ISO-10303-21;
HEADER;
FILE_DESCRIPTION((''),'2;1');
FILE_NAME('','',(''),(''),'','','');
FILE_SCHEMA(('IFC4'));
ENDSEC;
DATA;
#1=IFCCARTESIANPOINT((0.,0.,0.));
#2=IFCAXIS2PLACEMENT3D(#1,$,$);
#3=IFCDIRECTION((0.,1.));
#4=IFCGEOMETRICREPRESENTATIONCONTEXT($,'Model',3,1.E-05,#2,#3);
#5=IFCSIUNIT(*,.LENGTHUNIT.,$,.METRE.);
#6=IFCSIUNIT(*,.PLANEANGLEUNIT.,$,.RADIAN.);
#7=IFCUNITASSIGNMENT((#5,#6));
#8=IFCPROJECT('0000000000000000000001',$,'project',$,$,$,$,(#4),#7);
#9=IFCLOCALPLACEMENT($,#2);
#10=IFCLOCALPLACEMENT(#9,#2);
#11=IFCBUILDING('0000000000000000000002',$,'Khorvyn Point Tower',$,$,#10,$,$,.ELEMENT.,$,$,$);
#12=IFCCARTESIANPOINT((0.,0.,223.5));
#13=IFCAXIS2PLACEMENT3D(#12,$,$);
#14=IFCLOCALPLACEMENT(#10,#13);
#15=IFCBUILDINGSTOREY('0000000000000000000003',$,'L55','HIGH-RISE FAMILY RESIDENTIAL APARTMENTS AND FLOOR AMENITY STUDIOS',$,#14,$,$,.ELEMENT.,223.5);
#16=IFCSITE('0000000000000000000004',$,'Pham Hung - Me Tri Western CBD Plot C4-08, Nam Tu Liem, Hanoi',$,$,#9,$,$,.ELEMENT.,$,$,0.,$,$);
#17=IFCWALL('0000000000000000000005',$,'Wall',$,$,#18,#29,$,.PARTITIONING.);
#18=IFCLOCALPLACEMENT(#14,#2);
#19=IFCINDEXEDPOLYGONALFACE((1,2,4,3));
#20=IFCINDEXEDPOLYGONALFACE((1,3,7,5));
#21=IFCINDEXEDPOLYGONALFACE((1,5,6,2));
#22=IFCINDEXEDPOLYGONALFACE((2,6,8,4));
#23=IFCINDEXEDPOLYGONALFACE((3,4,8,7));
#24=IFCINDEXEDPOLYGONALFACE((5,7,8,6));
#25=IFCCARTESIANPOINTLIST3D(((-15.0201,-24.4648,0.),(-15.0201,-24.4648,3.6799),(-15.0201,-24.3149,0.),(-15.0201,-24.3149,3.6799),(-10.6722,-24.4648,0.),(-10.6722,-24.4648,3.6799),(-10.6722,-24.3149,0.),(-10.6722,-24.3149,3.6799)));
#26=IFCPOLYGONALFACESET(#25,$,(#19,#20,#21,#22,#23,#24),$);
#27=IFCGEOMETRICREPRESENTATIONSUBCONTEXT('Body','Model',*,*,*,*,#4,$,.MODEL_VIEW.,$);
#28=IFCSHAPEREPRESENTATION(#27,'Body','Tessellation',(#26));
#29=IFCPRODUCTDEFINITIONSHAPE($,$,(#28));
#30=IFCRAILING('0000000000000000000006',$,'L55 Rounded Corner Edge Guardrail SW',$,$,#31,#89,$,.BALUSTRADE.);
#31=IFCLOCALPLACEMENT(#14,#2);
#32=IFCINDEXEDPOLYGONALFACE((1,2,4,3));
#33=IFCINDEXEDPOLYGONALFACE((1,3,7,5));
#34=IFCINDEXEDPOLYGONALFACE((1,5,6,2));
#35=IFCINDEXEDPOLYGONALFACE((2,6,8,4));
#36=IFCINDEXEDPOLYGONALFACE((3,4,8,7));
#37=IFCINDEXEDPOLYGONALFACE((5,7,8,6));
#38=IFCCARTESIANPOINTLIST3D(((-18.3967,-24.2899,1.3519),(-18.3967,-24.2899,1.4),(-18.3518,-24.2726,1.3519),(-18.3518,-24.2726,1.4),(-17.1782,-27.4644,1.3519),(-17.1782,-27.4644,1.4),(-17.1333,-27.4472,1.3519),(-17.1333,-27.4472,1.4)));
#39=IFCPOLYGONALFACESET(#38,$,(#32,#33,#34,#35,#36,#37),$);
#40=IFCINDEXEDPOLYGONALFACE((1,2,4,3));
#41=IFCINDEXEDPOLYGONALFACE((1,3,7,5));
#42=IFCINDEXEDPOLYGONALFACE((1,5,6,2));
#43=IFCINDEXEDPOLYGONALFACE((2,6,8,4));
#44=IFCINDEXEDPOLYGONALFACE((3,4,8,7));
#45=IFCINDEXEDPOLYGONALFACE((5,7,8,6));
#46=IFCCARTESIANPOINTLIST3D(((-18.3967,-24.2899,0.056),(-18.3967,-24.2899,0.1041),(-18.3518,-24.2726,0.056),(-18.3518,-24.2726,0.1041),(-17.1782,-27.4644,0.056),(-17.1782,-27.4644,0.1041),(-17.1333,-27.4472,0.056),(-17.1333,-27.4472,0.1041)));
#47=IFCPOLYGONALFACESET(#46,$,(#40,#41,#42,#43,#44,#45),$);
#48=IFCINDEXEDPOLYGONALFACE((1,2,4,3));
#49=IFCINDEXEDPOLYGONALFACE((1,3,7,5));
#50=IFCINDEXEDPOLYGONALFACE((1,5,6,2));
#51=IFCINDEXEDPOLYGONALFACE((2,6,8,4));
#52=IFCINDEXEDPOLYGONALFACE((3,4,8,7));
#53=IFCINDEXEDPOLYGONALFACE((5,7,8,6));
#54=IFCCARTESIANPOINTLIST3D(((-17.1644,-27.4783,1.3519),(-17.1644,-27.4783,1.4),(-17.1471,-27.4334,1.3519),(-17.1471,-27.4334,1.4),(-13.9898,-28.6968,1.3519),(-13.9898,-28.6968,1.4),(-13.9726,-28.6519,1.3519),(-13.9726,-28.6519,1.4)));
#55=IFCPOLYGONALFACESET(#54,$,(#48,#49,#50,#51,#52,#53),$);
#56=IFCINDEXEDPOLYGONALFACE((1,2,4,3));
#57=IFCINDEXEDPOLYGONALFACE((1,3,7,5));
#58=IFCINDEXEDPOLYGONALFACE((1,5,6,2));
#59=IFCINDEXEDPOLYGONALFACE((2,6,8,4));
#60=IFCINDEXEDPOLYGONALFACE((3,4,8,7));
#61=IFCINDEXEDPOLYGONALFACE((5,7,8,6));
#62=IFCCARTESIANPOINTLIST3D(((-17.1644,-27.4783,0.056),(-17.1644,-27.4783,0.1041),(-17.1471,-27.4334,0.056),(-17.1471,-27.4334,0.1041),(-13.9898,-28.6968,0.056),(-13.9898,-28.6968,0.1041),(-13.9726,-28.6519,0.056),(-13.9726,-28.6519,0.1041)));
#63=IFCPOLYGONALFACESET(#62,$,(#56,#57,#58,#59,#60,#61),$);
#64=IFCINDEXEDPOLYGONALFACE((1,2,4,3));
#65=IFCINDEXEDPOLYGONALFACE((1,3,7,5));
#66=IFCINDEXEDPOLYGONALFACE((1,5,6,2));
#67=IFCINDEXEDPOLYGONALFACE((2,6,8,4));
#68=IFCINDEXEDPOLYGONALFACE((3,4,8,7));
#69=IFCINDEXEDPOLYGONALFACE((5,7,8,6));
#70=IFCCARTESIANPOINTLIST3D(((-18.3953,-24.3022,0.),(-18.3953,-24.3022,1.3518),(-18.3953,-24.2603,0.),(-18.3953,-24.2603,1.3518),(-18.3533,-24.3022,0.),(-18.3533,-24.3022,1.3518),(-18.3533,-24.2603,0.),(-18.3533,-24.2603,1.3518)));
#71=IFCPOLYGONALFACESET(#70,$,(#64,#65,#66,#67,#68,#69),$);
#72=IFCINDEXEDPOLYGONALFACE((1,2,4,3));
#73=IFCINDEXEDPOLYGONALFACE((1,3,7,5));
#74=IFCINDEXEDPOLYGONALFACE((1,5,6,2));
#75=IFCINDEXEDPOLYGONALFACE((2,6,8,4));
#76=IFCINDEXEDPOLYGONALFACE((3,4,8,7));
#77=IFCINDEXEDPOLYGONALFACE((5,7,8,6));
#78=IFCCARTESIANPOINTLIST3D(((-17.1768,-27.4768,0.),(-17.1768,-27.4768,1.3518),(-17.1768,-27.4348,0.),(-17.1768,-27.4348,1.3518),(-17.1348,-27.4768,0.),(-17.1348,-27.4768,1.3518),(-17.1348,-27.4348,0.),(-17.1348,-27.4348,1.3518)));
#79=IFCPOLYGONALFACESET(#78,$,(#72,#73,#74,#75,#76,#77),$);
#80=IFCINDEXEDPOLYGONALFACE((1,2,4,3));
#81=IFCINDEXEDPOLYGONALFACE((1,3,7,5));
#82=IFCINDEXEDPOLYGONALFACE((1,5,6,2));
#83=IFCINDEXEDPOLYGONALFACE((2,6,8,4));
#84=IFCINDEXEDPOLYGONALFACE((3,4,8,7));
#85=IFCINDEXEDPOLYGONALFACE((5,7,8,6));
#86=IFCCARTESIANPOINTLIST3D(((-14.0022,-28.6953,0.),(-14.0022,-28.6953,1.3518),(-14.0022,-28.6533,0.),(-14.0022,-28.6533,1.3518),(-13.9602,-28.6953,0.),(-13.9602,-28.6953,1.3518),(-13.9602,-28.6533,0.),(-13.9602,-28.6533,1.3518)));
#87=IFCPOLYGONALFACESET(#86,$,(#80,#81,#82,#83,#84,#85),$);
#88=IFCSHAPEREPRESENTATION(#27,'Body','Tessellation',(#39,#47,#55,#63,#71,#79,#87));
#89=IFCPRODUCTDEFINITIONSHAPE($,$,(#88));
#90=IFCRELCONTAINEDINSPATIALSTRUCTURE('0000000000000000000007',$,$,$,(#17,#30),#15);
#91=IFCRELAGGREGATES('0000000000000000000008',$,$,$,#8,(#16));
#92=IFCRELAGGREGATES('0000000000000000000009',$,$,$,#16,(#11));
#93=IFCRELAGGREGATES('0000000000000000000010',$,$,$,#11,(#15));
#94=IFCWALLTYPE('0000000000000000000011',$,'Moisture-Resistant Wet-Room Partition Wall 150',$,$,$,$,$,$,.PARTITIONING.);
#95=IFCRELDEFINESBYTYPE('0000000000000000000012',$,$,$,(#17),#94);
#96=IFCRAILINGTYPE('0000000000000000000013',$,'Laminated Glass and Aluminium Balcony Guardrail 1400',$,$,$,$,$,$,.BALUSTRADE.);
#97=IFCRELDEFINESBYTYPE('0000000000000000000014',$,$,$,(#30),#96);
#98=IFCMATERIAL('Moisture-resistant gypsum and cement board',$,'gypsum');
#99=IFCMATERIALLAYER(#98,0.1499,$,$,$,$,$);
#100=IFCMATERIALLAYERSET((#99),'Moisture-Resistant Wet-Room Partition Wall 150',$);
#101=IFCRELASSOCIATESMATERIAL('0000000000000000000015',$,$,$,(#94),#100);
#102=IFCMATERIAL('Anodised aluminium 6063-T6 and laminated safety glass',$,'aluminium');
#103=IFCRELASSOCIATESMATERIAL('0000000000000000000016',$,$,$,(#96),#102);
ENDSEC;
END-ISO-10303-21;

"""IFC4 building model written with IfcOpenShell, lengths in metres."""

from ifc_helpers import new_model, si_unit, direction, frame, frame_2d, origin, origin_2d, place, context, subcontext, project, spatial, rectangle, extrude, material, layer, layer_set, type_object, element, save


model = new_model("IFC4")

# Units and contexts
model_context = context("Model", 3, precision=1e-05, world=origin(), true_north=direction((0.0, 1.0)))
body_context = subcontext(model_context, "Body", "Model", "MODEL_VIEW")
ifc_project = project(units=[si_unit("LENGTHUNIT", "METRE"), si_unit("PLANEANGLEUNIT", "RADIAN")], contexts=[model_context])

# Site, building, storey
site_placement = place(None, origin())
site = spatial("IfcSite", under=ifc_project, at=site_placement, Name="Pham Hung - Me Tri Western CBD Plot C4-08, Nam Tu Liem, Hanoi", CompositionType="ELEMENT", RefElevation=0.0)
building_placement = place(site_placement, origin())
building = spatial("IfcBuilding", under=site, at=building_placement, Name="Khorvyn Point Tower", CompositionType="ELEMENT")
storey_placement = place(building_placement, frame((0.0, 0.0, 223.5)))
storey = spatial("IfcBuildingStorey", under=building, at=storey_placement, Name="L55", Description="HIGH-RISE FAMILY RESIDENTIAL APARTMENTS AND FLOOR AMENITY STUDIOS", CompositionType="ELEMENT", Elevation=223.5)

# Wall
ifc_material_1 = material(Name="Moisture-resistant gypsum and cement board", Category="gypsum")
ifc_layer_1 = layer(ifc_material_1, 0.1499)
ifc_layer_set_1 = layer_set([ifc_layer_1], Name="Moisture-Resistant Wet-Room Partition Wall 150")
wall_type_1 = type_object("IfcWallType", Name="Moisture-Resistant Wet-Room Partition Wall 150", PredefinedType="PARTITIONING", material=ifc_layer_set_1)
for number, where, z_axis, x_axis, name in (
    (1, (-15.02, -24.3899, 0.0), (0.0, 0.0, 1.0), (1.0, 0.0, 0.0), "Wall"),
):
    element("IfcWall", number, at=place(storey_placement, frame(where, z_axis=z_axis, x_axis=x_axis)), inside=storey, type_object=wall_type_1, Name=name, PredefinedType="PARTITIONING", context=body_context, shape_type="SweptSolid", body=[
        extrude(rectangle(XDim=4.3479, YDim=0.1499, at=frame_2d((2.1738, 0.0))), origin(), (0.0, 0.0, 1.0), 3.6799),
    ])

# Railing
ifc_material_2 = material(Name="Anodised aluminium 6063-T6 and laminated safety glass", Category="aluminium")
railing_type = type_object("IfcRailingType", Name="Laminated Glass and Aluminium Balcony Guardrail 1400", PredefinedType="BALUSTRADE", material=ifc_material_2)
railing_placement = place(storey_placement, frame((-18.3743, -24.2812, 0.0)))
element("IfcRailing", 2, at=railing_placement, inside=storey, type_object=railing_type, Name="L55 Rounded Corner Edge Guardrail SW", PredefinedType="BALUSTRADE", context=body_context, shape_type="SweptSolid", body=[
    extrude(rectangle(XDim=0.0481, YDim=0.0481, at=origin_2d()), frame((0.0, 0.0, 1.376), z_axis=(0.358344, -0.93359, 0.0), x_axis=(0.93359, 0.358344, 0.0)), (0.0, 0.0, 1.0), 3.4004),
    extrude(rectangle(XDim=0.0481, YDim=0.0481, at=origin_2d()), frame((0.0, 0.0, 0.0801), z_axis=(0.358344, -0.93359, 0.0), x_axis=(0.93359, 0.358344, 0.0)), (0.0, 0.0, 1.0), 3.4004),
    extrude(rectangle(XDim=0.0481, YDim=0.0481, at=origin_2d()), frame((1.2185, -3.1746, 1.376), z_axis=(0.93359, -0.358344, 0.0), x_axis=(0.358344, 0.93359, 0.0)), (0.0, 0.0, 1.0), 3.4004),
    extrude(rectangle(XDim=0.0481, YDim=0.0481, at=origin_2d()), frame((1.2185, -3.1746, 0.0801), z_axis=(0.93359, -0.358344, 0.0), x_axis=(0.358344, 0.93359, 0.0)), (0.0, 0.0, 1.0), 3.4004),
    extrude(rectangle(XDim=0.042, YDim=0.042, at=origin_2d()), origin(), (0.0, 0.0, 1.0), 1.3518),
    extrude(rectangle(XDim=0.042, YDim=0.042, at=origin_2d()), frame((1.2185, -3.1746, 0.0)), (0.0, 0.0, 1.0), 1.3518),
    extrude(rectangle(XDim=0.042, YDim=0.042, at=origin_2d()), frame((4.3931, -4.3931, 0.0)), (0.0, 0.0, 1.0), 1.3518),
])

save(model, "model.ifc")
